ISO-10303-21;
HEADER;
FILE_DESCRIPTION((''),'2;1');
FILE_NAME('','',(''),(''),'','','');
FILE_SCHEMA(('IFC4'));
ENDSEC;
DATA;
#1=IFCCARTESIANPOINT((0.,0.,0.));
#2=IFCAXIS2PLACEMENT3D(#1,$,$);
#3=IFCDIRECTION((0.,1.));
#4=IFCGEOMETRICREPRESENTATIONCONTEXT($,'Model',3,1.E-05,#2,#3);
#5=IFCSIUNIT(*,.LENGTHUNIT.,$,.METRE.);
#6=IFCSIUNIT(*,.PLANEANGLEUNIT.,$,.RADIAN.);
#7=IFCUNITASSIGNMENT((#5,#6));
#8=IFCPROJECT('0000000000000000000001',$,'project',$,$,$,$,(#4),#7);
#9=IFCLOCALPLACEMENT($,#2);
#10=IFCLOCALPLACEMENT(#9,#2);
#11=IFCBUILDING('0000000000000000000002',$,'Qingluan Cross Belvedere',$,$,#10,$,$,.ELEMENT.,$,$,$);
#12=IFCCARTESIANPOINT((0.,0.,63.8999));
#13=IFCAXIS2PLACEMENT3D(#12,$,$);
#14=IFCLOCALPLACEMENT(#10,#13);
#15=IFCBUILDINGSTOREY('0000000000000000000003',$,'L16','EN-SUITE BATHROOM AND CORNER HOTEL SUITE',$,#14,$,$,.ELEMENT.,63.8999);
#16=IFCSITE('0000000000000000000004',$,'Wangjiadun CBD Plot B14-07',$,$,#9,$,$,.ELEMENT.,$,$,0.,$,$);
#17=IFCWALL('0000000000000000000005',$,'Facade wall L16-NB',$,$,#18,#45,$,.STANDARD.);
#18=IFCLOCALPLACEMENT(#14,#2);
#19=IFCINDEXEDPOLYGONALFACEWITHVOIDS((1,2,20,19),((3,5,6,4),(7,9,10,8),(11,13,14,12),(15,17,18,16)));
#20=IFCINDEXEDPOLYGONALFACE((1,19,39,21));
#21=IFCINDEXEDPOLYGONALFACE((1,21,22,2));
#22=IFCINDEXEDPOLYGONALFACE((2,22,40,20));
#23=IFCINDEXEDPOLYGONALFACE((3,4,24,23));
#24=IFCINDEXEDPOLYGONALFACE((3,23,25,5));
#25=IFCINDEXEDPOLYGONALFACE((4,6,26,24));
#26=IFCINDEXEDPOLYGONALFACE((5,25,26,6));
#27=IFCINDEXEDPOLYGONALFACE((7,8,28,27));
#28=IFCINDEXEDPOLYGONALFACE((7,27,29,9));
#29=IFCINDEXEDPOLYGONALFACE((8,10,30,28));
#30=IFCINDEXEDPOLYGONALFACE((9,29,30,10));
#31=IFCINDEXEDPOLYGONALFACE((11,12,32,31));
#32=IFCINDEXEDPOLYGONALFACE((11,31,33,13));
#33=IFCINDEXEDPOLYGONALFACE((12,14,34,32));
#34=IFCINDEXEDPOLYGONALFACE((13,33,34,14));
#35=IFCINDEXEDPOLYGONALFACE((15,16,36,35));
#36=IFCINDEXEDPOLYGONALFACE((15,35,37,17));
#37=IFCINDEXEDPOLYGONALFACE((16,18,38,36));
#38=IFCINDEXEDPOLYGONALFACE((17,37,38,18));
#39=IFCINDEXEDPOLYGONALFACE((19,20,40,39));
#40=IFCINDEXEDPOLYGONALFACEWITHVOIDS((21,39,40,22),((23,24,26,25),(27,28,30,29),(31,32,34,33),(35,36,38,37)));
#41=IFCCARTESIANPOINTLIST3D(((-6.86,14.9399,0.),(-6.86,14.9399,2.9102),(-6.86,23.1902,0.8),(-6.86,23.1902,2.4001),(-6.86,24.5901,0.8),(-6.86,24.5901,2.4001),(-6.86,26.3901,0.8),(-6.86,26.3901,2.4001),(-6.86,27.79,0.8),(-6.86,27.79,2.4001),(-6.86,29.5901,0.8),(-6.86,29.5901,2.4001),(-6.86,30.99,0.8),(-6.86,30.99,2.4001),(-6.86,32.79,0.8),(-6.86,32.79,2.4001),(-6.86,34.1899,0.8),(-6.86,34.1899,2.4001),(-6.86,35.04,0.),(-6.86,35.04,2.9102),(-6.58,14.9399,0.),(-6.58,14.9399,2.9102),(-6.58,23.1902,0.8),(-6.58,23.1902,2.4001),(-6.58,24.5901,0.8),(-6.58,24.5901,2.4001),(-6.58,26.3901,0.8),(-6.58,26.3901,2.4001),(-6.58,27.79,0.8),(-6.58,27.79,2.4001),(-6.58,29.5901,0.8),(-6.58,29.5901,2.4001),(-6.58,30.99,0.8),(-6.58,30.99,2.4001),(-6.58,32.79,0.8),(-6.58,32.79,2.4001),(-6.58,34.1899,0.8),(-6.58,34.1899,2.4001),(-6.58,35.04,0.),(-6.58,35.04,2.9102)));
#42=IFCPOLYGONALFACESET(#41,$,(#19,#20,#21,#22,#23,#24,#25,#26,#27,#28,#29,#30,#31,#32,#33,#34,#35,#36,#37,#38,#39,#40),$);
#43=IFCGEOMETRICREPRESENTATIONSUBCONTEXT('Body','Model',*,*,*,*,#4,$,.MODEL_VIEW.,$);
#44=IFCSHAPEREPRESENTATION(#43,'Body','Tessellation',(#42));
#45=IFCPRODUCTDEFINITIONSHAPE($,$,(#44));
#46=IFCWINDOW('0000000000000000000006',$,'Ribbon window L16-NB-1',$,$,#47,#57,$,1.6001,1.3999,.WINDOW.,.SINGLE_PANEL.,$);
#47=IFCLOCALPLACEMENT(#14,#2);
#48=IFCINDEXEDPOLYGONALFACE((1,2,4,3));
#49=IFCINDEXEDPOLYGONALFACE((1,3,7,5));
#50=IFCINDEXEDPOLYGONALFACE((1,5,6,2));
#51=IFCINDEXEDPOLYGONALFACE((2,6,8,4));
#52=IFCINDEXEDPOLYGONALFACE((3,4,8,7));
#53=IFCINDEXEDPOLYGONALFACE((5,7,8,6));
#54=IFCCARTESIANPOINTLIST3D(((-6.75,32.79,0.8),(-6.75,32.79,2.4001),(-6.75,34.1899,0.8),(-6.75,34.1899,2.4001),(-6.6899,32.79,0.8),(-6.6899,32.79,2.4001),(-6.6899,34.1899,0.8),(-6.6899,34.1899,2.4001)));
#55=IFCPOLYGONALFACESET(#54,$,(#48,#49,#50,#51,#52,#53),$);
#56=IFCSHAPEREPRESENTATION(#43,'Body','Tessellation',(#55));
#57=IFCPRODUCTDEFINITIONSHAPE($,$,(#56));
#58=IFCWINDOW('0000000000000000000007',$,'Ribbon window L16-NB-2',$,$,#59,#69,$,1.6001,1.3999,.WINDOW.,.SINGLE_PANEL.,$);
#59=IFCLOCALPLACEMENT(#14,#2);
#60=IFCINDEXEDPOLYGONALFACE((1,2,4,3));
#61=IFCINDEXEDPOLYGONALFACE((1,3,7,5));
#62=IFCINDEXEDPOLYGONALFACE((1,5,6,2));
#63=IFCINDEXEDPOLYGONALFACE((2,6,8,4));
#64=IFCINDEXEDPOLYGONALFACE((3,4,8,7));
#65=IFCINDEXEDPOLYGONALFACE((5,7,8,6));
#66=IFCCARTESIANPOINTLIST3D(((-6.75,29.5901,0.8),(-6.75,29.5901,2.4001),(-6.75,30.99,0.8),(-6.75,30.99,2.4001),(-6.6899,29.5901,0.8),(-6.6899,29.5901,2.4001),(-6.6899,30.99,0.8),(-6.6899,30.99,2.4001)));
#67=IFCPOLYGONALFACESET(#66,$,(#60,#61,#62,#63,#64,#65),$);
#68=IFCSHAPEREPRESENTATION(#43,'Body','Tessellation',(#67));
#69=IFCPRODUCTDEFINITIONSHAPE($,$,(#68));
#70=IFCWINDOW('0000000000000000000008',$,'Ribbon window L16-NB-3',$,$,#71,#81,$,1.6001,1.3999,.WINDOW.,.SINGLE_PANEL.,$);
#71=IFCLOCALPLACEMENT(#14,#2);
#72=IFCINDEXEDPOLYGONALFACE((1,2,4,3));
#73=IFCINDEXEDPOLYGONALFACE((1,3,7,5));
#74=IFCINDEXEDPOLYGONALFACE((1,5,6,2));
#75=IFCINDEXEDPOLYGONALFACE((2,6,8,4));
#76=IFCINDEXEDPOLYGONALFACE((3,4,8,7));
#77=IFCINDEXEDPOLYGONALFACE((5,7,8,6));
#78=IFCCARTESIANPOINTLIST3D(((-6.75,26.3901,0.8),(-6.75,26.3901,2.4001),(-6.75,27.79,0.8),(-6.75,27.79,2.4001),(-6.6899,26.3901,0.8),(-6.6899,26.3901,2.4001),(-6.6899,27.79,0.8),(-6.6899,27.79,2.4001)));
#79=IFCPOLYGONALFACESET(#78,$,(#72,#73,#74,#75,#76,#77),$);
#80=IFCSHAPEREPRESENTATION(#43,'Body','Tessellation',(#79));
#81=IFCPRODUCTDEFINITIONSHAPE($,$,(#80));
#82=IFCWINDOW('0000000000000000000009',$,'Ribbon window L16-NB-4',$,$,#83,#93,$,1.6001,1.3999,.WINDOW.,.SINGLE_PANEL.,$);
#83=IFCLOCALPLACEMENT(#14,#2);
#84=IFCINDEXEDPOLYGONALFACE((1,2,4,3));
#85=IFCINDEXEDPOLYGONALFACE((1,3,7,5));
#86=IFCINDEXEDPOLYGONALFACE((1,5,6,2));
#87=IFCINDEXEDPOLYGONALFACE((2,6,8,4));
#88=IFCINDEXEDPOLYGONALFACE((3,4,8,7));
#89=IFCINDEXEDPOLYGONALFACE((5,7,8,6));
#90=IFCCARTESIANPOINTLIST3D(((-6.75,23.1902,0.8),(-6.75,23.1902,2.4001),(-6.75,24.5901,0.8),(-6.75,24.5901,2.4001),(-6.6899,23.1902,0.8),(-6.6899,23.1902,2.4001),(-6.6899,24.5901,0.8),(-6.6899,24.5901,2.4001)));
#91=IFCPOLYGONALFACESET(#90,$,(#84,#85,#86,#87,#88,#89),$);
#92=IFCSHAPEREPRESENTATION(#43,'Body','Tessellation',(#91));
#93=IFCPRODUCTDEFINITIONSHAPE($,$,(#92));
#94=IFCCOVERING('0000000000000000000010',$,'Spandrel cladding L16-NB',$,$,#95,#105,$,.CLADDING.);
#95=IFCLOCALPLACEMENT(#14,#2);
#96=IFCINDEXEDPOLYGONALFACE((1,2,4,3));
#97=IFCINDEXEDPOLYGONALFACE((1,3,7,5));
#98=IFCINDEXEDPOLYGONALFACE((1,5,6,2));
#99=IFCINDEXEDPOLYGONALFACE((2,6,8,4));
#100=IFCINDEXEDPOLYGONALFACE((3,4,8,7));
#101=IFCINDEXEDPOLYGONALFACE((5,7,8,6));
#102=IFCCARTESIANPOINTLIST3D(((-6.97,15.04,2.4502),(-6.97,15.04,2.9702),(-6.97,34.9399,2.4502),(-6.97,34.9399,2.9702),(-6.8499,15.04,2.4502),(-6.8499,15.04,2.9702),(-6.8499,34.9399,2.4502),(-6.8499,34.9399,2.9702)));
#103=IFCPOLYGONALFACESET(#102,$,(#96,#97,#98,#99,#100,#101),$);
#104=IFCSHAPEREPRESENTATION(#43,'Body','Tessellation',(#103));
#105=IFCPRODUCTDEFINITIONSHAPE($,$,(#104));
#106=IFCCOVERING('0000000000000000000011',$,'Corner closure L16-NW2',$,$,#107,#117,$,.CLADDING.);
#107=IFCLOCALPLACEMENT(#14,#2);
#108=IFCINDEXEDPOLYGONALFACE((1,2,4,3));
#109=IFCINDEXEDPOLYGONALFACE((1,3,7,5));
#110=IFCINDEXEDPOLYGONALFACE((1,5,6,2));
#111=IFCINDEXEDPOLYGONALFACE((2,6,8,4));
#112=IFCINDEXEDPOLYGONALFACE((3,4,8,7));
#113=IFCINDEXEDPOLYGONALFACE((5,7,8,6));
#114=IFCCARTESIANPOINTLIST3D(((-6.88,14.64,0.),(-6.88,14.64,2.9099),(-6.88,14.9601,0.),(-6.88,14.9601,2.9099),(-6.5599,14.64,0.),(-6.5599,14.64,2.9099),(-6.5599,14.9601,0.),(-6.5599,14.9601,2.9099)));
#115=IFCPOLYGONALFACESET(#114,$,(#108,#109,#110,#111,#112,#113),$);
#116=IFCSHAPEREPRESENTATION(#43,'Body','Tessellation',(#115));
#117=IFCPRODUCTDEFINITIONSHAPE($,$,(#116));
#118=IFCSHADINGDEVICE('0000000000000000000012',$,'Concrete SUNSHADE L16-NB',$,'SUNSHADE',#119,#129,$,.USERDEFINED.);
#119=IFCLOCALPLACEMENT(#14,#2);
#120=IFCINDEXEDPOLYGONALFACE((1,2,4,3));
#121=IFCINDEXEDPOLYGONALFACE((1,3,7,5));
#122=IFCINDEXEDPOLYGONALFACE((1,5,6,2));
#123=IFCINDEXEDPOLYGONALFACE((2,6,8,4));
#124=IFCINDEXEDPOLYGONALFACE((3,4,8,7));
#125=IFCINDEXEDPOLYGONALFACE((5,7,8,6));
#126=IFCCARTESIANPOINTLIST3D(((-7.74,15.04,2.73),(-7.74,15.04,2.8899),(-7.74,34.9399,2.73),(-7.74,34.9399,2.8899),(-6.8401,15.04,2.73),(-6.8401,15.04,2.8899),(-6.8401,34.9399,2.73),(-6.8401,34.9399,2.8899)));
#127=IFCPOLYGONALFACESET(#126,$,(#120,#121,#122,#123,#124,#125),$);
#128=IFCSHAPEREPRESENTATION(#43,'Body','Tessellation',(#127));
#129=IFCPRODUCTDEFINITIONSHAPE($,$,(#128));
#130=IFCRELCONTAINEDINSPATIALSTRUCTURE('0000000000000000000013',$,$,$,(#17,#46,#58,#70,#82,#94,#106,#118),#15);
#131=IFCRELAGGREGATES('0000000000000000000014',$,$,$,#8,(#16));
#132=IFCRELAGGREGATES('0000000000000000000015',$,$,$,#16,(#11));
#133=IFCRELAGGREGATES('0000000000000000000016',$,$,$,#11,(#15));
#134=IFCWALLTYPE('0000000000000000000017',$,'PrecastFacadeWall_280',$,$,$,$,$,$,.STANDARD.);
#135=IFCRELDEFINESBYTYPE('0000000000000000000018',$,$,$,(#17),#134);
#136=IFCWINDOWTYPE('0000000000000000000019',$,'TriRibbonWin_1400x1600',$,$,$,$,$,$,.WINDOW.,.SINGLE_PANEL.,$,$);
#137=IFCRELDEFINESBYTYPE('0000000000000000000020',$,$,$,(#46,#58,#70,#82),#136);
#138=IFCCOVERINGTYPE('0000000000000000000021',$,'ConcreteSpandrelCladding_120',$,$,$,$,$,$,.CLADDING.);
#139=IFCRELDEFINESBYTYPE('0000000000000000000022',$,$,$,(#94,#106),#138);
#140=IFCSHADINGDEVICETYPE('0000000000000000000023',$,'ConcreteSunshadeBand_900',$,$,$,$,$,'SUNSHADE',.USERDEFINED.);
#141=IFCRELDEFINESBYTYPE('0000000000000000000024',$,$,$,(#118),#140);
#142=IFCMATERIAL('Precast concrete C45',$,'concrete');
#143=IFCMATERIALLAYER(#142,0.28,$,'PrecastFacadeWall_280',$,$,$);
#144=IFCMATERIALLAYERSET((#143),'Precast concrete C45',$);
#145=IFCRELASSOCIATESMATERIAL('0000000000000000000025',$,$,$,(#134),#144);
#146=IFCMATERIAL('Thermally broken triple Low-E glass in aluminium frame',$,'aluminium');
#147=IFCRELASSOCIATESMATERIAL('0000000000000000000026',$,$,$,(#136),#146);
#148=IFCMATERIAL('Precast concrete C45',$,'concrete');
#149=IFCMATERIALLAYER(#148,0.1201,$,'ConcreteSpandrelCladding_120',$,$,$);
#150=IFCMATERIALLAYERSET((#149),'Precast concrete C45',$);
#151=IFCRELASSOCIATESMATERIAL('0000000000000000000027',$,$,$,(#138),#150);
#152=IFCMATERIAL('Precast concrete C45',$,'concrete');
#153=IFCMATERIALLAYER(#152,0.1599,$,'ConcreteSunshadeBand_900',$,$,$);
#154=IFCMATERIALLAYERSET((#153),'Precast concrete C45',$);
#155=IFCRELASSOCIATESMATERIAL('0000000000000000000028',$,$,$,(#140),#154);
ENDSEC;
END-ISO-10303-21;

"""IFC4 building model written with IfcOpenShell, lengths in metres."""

from ifc_helpers import new_model, si_unit, direction, frame, frame_2d, origin, origin_2d, place, context, subcontext, project, spatial, rectangle, extrude, material, layer, layer_set, type_object, element, fill, save


model = new_model("IFC4")

# Units and contexts
model_context = context("Model", 3, precision=1e-05, world=origin(), true_north=direction((0.0, 1.0)))
body_context = subcontext(model_context, "Body", "Model", "MODEL_VIEW")
ifc_project = project(units=[si_unit("LENGTHUNIT", "METRE"), si_unit("PLANEANGLEUNIT", "RADIAN")], contexts=[model_context])

# Site, building, storey
site_placement = place(None, origin())
site = spatial("IfcSite", under=ifc_project, at=site_placement, Name="Wangjiadun CBD Plot B14-07", CompositionType="ELEMENT", RefElevation=0.0)
building_placement = place(site_placement, origin())
building = spatial("IfcBuilding", under=site, at=building_placement, Name="Qingluan Cross Belvedere", CompositionType="ELEMENT")
storey_placement = place(building_placement, frame((0.0, 0.0, 63.8999)))
storey = spatial("IfcBuildingStorey", under=building, at=storey_placement, Name="L16", Description="EN-SUITE BATHROOM AND CORNER HOTEL SUITE", CompositionType="ELEMENT", Elevation=63.8999)

# Wall, openings, windows
ifc_material_1 = material(Name="Precast concrete C45", Category="concrete")
ifc_layer_1 = layer(ifc_material_1, 0.28, Name="PrecastFacadeWall_280")
ifc_layer_set_1 = layer_set([ifc_layer_1], Name="Precast concrete C45")
wall_type_1 = type_object("IfcWallType", Name="PrecastFacadeWall_280", PredefinedType="STANDARD", material=ifc_layer_set_1)
wall_1_placement = place(storey_placement, frame((-6.72, 35.04, 0.0), z_axis=(0.0, 0.0, 1.0), x_axis=(0.0, -1.0, 0.0)))
wall_1 = element("IfcWall", 1, at=wall_1_placement, inside=storey, type_object=wall_type_1, Name="Facade wall L16-NB", PredefinedType="STANDARD", context=body_context, shape_type="SweptSolid", body=[
    extrude(rectangle(XDim=20.1001, YDim=0.28, at=frame_2d((10.05, 0.0))), origin(), (0.0, 0.0, 1.0), 2.9102),
])
opening_1_placement = place(wall_1_placement, frame((0.8501, 0.0, 0.8)))
opening_1 = element("IfcOpeningElement", 2, at=opening_1_placement, cuts=wall_1, PredefinedType="OPENING", context=body_context, shape_type="SweptSolid", body=[
    extrude(rectangle(XDim=1.3999, YDim=1.6001, at=frame_2d((0.7, 0.8))), frame((0.0, 0.1499, 0.0), z_axis=(0.0, -1.0, 0.0), x_axis=(1.0, 0.0, 0.0)), (0.0, 0.0, 1.0), 0.3),
])
opening_2_placement = place(wall_1_placement, frame((4.05, 0.0, 0.8)))
opening_2 = element("IfcOpeningElement", 3, at=opening_2_placement, cuts=wall_1, PredefinedType="OPENING", context=body_context, shape_type="SweptSolid", body=[
    extrude(rectangle(XDim=1.3999, YDim=1.6001, at=frame_2d((0.7, 0.8))), frame((0.0, 0.1499, 0.0), z_axis=(0.0, -1.0, 0.0), x_axis=(1.0, 0.0, 0.0)), (0.0, 0.0, 1.0), 0.3),
])
opening_3_placement = place(wall_1_placement, frame((7.25, 0.0, 0.8)))
opening_3 = element("IfcOpeningElement", 4, at=opening_3_placement, cuts=wall_1, PredefinedType="OPENING", context=body_context, shape_type="SweptSolid", body=[
    extrude(rectangle(XDim=1.3999, YDim=1.6001, at=frame_2d((0.7, 0.8))), frame((0.0, 0.1499, 0.0), z_axis=(0.0, -1.0, 0.0), x_axis=(1.0, 0.0, 0.0)), (0.0, 0.0, 1.0), 0.3),
])
opening_4_placement = place(wall_1_placement, frame((10.45, 0.0, 0.8)))
opening_4 = element("IfcOpeningElement", 5, at=opening_4_placement, cuts=wall_1, PredefinedType="OPENING", context=body_context, shape_type="SweptSolid", body=[
    extrude(rectangle(XDim=1.3999, YDim=1.6001, at=frame_2d((0.7, 0.8))), frame((0.0, 0.1499, 0.0), z_axis=(0.0, -1.0, 0.0), x_axis=(1.0, 0.0, 0.0)), (0.0, 0.0, 1.0), 0.3),
])
ifc_material_2 = material(Name="Thermally broken triple Low-E glass in aluminium frame", Category="aluminium")
window_type = type_object("IfcWindowType", Name="TriRibbonWin_1400x1600", PartitioningType="SINGLE_PANEL", PredefinedType="WINDOW", material=ifc_material_2)
window_1_placement = place(opening_1_placement, origin())
window_1 = element("IfcWindow", 6, at=window_1_placement, inside=storey, type_object=window_type, Name="Ribbon window L16-NB-1", OverallHeight=1.6001, OverallWidth=1.3999, PartitioningType="SINGLE_PANEL", PredefinedType="WINDOW", context=body_context, shape_type="SweptSolid", body=[
    extrude(rectangle(XDim=1.3999, YDim=1.6001, at=frame_2d((0.7, 0.8))), frame((0.0, 0.03, 0.0), z_axis=(0.0, -1.0, 0.0), x_axis=(1.0, 0.0, 0.0)), (0.0, 0.0, 1.0), 0.0601),
])
fill(opening_1, window_1)
window_2_placement = place(opening_2_placement, origin())
window_2 = element("IfcWindow", 7, at=window_2_placement, inside=storey, type_object=window_type, Name="Ribbon window L16-NB-2", OverallHeight=1.6001, OverallWidth=1.3999, PartitioningType="SINGLE_PANEL", PredefinedType="WINDOW", context=body_context, shape_type="SweptSolid", body=[
    extrude(rectangle(XDim=1.3999, YDim=1.6001, at=frame_2d((0.7, 0.8))), frame((0.0, 0.03, 0.0), z_axis=(0.0, -1.0, 0.0), x_axis=(1.0, 0.0, 0.0)), (0.0, 0.0, 1.0), 0.0601),
])
fill(opening_2, window_2)
window_3_placement = place(opening_3_placement, origin())
window_3 = element("IfcWindow", 8, at=window_3_placement, inside=storey, type_object=window_type, Name="Ribbon window L16-NB-3", OverallHeight=1.6001, OverallWidth=1.3999, PartitioningType="SINGLE_PANEL", PredefinedType="WINDOW", context=body_context, shape_type="SweptSolid", body=[
    extrude(rectangle(XDim=1.3999, YDim=1.6001, at=frame_2d((0.7, 0.8))), frame((0.0, 0.03, 0.0), z_axis=(0.0, -1.0, 0.0), x_axis=(1.0, 0.0, 0.0)), (0.0, 0.0, 1.0), 0.0601),
])
fill(opening_3, window_3)
window_4_placement = place(opening_4_placement, origin())
window_4 = element("IfcWindow", 9, at=window_4_placement, inside=storey, type_object=window_type, Name="Ribbon window L16-NB-4", OverallHeight=1.6001, OverallWidth=1.3999, PartitioningType="SINGLE_PANEL", PredefinedType="WINDOW", context=body_context, shape_type="SweptSolid", body=[
    extrude(rectangle(XDim=1.3999, YDim=1.6001, at=frame_2d((0.7, 0.8))), frame((0.0, 0.03, 0.0), z_axis=(0.0, -1.0, 0.0), x_axis=(1.0, 0.0, 0.0)), (0.0, 0.0, 1.0), 0.0601),
])
fill(opening_4, window_4)

# Coverings
ifc_material_3 = material(Name="Precast concrete C45", Category="concrete")
ifc_layer_2 = layer(ifc_material_3, 0.1201, Name="ConcreteSpandrelCladding_120")
ifc_layer_set_2 = layer_set([ifc_layer_2], Name="Precast concrete C45")
covering_type = type_object("IfcCoveringType", Name="ConcreteSpandrelCladding_120", PredefinedType="CLADDING", material=ifc_layer_set_2)
covering_1_placement = place(storey_placement, frame((-6.9099, 24.99, 2.4502), z_axis=(0.0, 0.0, 1.0), x_axis=(0.0, -1.0, 0.0)))
element("IfcCovering", 10, at=covering_1_placement, inside=storey, type_object=covering_type, Name="Spandrel cladding L16-NB", PredefinedType="CLADDING", context=body_context, shape_type="SweptSolid", body=[
    extrude(rectangle(XDim=19.8999, YDim=0.1201, at=origin_2d()), origin(), (0.0, 0.0, 1.0), 0.52),
])
covering_2_placement = place(storey_placement, frame((-6.72, 14.8, 0.0), z_axis=(0.0, 0.0, 1.0), x_axis=(1.0, 0.0, 0.0)))
element("IfcCovering", 11, at=covering_2_placement, inside=storey, type_object=covering_type, Name="Corner closure L16-NW2", PredefinedType="CLADDING", context=body_context, shape_type="SweptSolid", body=[
    extrude(rectangle(XDim=0.3201, YDim=0.3201, at=origin_2d()), origin(), (0.0, 0.0, 1.0), 2.9099),
])

# Shading device
ifc_material_4 = material(Name="Precast concrete C45", Category="concrete")
ifc_layer_3 = layer(ifc_material_4, 0.1599, Name="ConcreteSunshadeBand_900")
ifc_layer_set_3 = layer_set([ifc_layer_3], Name="Precast concrete C45")
shading_device_type = type_object("IfcShadingDeviceType", Name="ConcreteSunshadeBand_900", ElementType="SUNSHADE", PredefinedType="USERDEFINED", material=ifc_layer_set_3)
shading_device_placement = place(storey_placement, frame((-7.29, 24.99, 2.73), z_axis=(0.0, 0.0, 1.0), x_axis=(0.0, -1.0, 0.0)))
element("IfcShadingDevice", 12, at=shading_device_placement, inside=storey, type_object=shading_device_type, Name="Concrete SUNSHADE L16-NB", ObjectType="SUNSHADE", PredefinedType="USERDEFINED", context=body_context, shape_type="SweptSolid", body=[
    extrude(rectangle(XDim=19.8999, YDim=0.8999, at=origin_2d()), origin(), (0.0, 0.0, 1.0), 0.1599),
])

save(model, "model.ifc")
